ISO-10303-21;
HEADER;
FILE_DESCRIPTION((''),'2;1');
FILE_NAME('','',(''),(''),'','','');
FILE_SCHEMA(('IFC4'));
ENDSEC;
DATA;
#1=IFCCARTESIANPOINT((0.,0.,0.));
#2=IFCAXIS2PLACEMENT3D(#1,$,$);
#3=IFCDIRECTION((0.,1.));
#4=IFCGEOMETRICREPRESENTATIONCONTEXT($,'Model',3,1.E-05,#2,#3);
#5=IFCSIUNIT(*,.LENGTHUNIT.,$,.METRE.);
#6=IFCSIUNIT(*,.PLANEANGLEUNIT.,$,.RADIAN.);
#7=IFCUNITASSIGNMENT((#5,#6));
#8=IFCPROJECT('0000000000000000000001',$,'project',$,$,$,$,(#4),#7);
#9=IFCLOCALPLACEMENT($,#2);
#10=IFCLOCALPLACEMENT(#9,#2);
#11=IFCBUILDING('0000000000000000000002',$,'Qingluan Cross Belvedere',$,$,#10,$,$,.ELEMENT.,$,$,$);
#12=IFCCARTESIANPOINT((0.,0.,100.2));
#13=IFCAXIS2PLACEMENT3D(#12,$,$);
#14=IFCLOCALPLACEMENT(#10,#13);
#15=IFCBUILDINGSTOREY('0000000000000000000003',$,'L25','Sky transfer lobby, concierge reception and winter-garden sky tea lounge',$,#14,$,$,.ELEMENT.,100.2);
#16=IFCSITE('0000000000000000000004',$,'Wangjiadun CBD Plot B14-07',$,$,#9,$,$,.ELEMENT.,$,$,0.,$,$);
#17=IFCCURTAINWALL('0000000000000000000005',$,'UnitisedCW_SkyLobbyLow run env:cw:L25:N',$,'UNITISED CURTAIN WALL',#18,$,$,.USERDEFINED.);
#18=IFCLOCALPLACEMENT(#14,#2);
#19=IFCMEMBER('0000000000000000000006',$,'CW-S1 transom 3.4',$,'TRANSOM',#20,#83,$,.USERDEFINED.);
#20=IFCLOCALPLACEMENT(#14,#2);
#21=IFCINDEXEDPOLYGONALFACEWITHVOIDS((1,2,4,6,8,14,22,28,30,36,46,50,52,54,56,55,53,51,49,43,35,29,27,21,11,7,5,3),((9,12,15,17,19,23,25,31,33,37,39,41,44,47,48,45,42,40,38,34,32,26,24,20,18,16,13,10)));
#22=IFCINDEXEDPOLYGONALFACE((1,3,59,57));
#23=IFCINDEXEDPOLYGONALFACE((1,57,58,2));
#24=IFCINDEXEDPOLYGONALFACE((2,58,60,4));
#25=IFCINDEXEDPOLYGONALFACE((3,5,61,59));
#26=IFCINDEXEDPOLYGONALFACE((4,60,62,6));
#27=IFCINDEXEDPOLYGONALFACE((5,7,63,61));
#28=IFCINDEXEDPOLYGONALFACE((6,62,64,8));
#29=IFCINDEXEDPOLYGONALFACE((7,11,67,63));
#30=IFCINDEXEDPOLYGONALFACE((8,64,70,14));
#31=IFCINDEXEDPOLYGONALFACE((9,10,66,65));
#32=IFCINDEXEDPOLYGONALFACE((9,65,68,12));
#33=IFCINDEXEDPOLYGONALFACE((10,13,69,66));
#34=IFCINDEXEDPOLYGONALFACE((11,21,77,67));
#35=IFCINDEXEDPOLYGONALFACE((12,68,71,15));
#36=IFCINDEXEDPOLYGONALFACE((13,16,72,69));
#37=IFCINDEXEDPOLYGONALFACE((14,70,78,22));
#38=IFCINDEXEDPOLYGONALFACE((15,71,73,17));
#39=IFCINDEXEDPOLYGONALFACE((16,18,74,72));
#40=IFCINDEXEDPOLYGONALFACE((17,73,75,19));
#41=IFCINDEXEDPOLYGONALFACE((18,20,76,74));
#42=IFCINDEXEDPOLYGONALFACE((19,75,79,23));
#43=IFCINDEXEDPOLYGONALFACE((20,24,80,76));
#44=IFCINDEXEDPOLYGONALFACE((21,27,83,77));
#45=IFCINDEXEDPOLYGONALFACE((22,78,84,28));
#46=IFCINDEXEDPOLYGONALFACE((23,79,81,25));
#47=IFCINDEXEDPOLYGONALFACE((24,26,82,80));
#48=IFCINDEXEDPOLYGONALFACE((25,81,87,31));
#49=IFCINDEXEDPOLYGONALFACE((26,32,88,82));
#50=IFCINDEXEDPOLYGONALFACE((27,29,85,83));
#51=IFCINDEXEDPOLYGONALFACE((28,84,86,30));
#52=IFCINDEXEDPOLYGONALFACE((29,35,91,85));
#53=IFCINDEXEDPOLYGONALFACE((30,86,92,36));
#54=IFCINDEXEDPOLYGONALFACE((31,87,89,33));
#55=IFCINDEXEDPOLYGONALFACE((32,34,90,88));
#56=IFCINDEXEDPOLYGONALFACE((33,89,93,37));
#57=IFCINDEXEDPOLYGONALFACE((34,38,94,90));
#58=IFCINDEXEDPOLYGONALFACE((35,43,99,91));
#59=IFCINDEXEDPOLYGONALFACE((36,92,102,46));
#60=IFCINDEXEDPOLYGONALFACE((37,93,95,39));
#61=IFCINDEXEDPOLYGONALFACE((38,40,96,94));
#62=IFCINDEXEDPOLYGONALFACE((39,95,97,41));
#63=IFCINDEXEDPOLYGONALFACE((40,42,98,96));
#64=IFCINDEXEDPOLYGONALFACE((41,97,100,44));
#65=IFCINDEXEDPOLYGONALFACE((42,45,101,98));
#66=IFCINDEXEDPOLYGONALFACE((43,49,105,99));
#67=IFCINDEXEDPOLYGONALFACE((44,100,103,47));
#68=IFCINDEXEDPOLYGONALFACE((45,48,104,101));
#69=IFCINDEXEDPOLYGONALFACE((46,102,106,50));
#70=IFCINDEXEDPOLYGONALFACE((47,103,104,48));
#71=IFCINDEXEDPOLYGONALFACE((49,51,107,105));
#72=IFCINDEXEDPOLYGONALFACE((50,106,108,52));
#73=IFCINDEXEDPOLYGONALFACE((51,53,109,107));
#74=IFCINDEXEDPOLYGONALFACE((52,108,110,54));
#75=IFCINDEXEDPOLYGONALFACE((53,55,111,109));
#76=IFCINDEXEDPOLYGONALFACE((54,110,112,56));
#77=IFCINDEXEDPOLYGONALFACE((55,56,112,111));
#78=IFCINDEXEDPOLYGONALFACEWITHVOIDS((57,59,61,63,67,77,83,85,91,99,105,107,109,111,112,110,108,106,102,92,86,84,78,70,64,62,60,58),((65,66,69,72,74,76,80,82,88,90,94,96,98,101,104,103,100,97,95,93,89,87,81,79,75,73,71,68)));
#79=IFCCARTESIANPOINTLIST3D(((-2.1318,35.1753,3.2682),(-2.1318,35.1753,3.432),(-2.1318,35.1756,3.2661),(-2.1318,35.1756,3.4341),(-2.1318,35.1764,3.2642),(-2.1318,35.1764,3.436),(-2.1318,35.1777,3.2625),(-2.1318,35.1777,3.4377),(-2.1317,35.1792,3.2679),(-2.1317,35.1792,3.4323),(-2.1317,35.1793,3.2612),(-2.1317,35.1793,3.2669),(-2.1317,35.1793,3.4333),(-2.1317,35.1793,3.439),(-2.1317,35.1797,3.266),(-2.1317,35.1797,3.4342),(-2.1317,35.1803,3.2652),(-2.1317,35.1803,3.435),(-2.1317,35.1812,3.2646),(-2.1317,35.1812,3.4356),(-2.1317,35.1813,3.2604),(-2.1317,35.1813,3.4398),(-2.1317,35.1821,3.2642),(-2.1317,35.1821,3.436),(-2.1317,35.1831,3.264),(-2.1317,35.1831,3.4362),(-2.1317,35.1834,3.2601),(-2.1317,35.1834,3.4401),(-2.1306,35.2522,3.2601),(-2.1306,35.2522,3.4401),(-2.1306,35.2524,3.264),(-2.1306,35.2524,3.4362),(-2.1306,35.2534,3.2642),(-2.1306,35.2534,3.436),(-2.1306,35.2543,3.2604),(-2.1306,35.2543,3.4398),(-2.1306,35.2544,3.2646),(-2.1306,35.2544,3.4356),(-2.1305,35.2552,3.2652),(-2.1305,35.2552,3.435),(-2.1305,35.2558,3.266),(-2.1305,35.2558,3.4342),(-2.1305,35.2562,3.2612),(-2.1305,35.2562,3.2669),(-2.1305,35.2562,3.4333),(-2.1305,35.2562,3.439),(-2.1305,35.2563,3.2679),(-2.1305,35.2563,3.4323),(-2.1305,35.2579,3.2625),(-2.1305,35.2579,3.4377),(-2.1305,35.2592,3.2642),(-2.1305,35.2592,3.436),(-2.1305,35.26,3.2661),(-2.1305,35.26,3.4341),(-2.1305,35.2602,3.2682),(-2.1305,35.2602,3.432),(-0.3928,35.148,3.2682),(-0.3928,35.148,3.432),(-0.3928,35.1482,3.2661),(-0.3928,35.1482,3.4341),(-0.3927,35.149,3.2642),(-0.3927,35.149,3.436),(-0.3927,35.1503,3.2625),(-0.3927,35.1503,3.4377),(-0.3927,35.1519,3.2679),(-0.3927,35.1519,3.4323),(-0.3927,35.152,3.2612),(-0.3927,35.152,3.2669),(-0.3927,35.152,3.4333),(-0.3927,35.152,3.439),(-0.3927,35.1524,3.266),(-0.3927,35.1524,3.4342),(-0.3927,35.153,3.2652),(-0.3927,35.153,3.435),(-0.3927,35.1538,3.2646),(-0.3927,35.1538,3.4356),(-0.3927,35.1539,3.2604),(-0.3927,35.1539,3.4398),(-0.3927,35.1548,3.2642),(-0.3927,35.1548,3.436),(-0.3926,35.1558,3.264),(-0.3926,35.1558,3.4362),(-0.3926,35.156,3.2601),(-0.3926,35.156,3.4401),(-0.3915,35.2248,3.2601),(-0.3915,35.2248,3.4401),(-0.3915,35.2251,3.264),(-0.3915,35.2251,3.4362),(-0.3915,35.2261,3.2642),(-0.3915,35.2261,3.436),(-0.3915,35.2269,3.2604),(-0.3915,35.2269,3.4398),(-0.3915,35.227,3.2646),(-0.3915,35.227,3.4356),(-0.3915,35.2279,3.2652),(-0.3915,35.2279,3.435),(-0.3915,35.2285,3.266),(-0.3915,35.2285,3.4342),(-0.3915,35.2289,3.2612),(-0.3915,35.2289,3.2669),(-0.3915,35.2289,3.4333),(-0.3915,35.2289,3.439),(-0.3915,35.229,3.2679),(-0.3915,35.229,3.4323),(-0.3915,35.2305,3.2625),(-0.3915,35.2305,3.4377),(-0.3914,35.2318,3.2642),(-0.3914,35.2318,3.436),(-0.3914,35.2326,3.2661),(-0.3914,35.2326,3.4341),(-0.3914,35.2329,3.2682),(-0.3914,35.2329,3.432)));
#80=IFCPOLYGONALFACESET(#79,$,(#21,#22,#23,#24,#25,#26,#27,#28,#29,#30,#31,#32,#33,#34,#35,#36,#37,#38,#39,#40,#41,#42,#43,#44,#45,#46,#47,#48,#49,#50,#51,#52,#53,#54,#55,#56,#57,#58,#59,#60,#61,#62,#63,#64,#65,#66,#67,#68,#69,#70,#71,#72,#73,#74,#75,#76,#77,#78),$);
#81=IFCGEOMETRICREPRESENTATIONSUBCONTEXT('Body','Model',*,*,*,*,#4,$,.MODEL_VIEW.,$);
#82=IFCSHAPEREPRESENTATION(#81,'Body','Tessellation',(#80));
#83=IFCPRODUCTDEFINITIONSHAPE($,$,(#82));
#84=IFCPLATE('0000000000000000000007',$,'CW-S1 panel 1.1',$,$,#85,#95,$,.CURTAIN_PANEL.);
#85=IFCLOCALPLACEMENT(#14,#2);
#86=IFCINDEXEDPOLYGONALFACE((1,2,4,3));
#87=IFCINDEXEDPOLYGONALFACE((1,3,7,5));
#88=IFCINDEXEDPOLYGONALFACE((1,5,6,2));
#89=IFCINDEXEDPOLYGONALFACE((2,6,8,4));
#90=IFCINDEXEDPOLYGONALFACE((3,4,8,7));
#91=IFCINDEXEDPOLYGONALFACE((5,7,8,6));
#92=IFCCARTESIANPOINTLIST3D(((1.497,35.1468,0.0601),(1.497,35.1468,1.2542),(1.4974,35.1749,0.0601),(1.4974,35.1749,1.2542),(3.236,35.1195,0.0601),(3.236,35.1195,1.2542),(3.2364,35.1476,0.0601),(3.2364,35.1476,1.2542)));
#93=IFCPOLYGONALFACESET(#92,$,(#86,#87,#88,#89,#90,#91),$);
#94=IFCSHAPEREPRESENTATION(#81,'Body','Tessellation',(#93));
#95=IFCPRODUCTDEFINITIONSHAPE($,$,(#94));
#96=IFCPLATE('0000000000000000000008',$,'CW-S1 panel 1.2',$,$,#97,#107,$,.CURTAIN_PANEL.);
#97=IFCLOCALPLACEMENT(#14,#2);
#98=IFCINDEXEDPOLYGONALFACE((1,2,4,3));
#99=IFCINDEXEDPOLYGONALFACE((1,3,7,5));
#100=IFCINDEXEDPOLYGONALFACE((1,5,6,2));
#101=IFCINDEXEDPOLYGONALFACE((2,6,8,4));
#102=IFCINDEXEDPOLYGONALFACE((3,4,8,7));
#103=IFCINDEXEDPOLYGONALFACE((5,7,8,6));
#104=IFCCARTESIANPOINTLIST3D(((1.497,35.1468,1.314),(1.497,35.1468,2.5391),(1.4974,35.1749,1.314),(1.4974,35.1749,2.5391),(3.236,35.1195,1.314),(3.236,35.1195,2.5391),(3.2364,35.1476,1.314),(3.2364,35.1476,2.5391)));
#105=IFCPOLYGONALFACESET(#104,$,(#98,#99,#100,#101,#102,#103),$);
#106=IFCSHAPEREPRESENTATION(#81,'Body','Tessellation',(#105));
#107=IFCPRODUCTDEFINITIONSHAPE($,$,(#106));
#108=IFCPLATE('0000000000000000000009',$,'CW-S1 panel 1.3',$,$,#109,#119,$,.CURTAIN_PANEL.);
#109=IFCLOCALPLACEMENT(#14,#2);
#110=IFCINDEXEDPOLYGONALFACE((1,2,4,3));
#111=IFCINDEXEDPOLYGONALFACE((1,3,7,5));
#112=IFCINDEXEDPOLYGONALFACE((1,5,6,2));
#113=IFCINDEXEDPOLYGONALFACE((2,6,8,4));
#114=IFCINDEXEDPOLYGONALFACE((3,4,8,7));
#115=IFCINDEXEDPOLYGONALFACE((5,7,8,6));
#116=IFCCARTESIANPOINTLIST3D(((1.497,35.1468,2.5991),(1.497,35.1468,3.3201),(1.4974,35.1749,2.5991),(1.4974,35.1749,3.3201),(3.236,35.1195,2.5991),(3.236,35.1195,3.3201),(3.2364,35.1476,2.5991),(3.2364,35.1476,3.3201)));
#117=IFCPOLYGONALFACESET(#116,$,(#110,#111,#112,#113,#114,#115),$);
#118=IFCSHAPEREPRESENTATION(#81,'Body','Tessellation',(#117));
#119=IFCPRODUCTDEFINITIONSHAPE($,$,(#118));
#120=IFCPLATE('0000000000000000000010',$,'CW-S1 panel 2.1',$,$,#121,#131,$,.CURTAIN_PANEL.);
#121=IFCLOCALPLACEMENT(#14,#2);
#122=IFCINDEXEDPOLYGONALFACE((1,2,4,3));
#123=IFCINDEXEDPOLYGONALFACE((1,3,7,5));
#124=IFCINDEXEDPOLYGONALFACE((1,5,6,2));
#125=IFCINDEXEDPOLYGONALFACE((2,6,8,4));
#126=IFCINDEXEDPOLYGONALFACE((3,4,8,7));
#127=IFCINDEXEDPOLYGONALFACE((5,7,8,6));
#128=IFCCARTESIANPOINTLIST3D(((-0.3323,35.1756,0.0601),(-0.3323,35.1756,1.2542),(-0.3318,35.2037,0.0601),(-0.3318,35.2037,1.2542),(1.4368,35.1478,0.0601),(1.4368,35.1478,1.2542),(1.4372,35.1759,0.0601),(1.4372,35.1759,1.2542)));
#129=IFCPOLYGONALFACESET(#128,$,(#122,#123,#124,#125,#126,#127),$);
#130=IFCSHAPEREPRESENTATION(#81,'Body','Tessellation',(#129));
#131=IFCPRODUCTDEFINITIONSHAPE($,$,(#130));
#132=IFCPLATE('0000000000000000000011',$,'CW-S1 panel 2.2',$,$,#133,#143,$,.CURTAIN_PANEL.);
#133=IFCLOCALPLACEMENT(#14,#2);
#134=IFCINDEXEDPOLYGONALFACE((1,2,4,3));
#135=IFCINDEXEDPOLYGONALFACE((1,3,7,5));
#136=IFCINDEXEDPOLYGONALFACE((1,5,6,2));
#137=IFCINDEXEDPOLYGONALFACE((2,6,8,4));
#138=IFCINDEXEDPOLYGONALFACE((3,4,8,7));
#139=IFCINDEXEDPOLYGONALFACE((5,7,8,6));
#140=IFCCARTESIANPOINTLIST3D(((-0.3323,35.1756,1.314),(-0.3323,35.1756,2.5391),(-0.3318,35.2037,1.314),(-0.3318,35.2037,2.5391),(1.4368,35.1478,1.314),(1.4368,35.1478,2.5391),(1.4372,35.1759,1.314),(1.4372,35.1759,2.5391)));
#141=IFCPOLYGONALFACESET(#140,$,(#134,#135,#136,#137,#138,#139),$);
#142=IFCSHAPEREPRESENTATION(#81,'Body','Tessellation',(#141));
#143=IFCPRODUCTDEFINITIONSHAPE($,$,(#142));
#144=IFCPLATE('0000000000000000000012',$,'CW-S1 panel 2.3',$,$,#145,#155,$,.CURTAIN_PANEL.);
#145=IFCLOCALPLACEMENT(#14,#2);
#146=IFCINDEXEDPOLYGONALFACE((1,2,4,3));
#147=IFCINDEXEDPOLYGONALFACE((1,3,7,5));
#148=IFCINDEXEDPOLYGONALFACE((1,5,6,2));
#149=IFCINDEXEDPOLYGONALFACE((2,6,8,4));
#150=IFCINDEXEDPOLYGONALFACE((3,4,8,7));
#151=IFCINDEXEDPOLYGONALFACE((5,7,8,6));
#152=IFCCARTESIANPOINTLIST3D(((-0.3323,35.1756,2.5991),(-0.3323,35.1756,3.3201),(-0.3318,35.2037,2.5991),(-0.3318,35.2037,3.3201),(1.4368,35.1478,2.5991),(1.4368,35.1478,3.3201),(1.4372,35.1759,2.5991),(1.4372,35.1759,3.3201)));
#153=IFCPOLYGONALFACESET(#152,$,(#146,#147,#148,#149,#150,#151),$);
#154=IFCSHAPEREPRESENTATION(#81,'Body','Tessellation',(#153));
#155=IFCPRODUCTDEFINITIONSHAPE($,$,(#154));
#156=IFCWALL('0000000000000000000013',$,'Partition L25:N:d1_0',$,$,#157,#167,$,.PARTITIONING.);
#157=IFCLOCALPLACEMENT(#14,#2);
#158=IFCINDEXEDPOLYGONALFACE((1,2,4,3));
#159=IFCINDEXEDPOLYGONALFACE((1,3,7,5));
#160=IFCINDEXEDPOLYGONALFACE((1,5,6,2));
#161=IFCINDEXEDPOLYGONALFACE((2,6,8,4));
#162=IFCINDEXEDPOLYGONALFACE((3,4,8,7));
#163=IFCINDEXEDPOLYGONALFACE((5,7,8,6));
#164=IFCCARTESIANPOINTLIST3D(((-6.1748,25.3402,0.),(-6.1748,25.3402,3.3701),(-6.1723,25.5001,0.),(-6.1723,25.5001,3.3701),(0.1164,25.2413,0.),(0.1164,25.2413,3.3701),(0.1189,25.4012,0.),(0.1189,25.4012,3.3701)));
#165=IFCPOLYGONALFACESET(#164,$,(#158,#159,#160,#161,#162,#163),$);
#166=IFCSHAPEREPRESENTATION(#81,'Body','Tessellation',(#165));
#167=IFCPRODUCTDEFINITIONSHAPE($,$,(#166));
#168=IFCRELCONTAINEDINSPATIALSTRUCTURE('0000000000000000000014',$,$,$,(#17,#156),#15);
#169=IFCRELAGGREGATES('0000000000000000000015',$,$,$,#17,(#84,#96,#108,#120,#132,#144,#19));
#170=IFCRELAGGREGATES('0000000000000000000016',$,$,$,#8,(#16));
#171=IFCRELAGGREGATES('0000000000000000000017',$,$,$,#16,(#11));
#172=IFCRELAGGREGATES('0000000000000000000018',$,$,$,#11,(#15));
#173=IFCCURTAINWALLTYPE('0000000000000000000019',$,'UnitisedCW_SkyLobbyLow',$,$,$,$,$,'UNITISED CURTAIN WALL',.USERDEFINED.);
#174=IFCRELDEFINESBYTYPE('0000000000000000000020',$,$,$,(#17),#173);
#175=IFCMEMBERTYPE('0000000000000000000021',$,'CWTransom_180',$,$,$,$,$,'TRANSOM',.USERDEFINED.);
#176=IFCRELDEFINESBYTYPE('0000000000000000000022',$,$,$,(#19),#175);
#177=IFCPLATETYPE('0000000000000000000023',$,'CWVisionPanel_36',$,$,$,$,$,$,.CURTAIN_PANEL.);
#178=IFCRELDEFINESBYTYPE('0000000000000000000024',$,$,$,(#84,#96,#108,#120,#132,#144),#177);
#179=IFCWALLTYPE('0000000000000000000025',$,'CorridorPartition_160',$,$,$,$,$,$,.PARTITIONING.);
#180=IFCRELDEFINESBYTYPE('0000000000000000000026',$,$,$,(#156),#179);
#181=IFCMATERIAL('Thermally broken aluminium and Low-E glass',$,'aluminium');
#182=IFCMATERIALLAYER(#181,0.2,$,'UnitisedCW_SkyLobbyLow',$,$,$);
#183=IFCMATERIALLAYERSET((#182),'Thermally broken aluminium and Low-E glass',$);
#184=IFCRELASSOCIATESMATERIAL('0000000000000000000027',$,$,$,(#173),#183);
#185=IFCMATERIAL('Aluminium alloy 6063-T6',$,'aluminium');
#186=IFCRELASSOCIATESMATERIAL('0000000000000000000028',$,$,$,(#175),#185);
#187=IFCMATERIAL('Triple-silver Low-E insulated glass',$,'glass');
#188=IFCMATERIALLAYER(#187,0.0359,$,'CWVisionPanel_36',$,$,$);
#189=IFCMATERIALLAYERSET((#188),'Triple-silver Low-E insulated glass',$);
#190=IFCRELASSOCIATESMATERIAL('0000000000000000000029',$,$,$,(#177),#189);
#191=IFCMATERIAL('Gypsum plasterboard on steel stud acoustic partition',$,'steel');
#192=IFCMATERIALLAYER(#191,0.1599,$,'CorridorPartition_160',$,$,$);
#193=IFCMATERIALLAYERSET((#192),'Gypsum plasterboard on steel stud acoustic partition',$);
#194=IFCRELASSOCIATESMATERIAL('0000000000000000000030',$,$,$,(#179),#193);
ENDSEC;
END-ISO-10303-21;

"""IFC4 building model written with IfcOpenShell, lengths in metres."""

from ifc_helpers import new_model, si_unit, direction, frame, frame_2d, origin, origin_2d, place, context, subcontext, project, spatial, rectangle, hollow_rectangle, extrude, material, layer, layer_set, material_profile, profile_set, type_object, element, aggregate, save


model = new_model("IFC4")

# Units and contexts
model_context = context("Model", 3, precision=1e-05, world=origin(), true_north=direction((0.0, 1.0)))
body_context = subcontext(model_context, "Body", "Model", "MODEL_VIEW")
ifc_project = project(units=[si_unit("LENGTHUNIT", "METRE"), si_unit("PLANEANGLEUNIT", "RADIAN")], contexts=[model_context])

# Site, building, storey
site_placement = place(None, origin())
site = spatial("IfcSite", under=ifc_project, at=site_placement, Name="Wangjiadun CBD Plot B14-07", CompositionType="ELEMENT", RefElevation=0.0)
building_placement = place(site_placement, origin())
building = spatial("IfcBuilding", under=site, at=building_placement, Name="Qingluan Cross Belvedere", CompositionType="ELEMENT")
storey_placement = place(building_placement, frame((0.0, 0.0, 100.2)))
storey = spatial("IfcBuildingStorey", under=building, at=storey_placement, Name="L25", Description="Sky transfer lobby, concierge reception and winter-garden sky tea lounge", CompositionType="ELEMENT", Elevation=100.2)

# Curtain wall, member, plates
ifc_material_1 = material(Name="Thermally broken aluminium and Low-E glass", Category="aluminium")
ifc_layer_1 = layer(ifc_material_1, 0.2, Name="UnitisedCW_SkyLobbyLow")
ifc_layer_set_1 = layer_set([ifc_layer_1], Name="Thermally broken aluminium and Low-E glass")
curtain_wall_type = type_object("IfcCurtainWallType", Name="UnitisedCW_SkyLobbyLow", ElementType="UNITISED CURTAIN WALL", PredefinedType="USERDEFINED", material=ifc_layer_set_1)
curtain_wall_placement = place(storey_placement, origin())
curtain_wall = element("IfcCurtainWall", 1, at=curtain_wall_placement, inside=storey, type_object=curtain_wall_type, Name="UnitisedCW_SkyLobbyLow run env:cw:L25:N", ObjectType="UNITISED CURTAIN WALL", PredefinedType="USERDEFINED")
ifc_material_2 = material(Name="Aluminium alloy 6063-T6", Category="aluminium")
ifc_material_profile_1 = material_profile(ifc_material_2, hollow_rectangle(XDim=0.085, YDim=0.1799, WallThickness=0.0039, InnerFilletRadius=0.0039, OuterFilletRadius=0.0081, at=origin_2d()), Name="CWT180x85x4")
ifc_profile_set_1 = profile_set([ifc_material_profile_1], Name="Aluminium alloy 6063-T6")
member_type_1 = type_object("IfcMemberType", Name="CWTransom_180", ElementType="TRANSOM", PredefinedType="USERDEFINED", material=ifc_profile_set_1)
member_1_placement = place(storey_placement, frame((-0.3921, 35.1904, 3.3501), z_axis=(-0.999876, 0.015722, 0.0), x_axis=(-0.015722, -0.999876, 0.0)))
member_1 = element("IfcMember", 2, at=member_1_placement, type_object=member_type_1, Name="CW-S1 transom 3.4", ObjectType="TRANSOM", PredefinedType="USERDEFINED", context=body_context, shape_type="SweptSolid", body=[
    extrude(hollow_rectangle(XDim=0.085, YDim=0.1799, WallThickness=0.0039, InnerFilletRadius=0.0039, OuterFilletRadius=0.0081, at=origin_2d()), origin(), (0.0, 0.0, 1.0), 1.7393),
])
ifc_material_3 = material(Name="Triple-silver Low-E insulated glass", Category="glass")
ifc_layer_2 = layer(ifc_material_3, 0.0359, Name="CWVisionPanel_36")
ifc_layer_set_2 = layer_set([ifc_layer_2], Name="Triple-silver Low-E insulated glass")
plate_type = type_object("IfcPlateType", Name="CWVisionPanel_36", PredefinedType="CURTAIN_PANEL", material=ifc_layer_set_2)
plate_1_placement = place(storey_placement, frame((2.3667, 35.1472, 0.0601), z_axis=(0.0, 0.0, 1.0), x_axis=(-0.999877, 0.015707, 0.0)))
plate_1 = element("IfcPlate", 3, at=plate_1_placement, type_object=plate_type, Name="CW-S1 panel 1.1", PredefinedType="CURTAIN_PANEL", context=body_context, shape_type="SweptSolid", body=[
    extrude(rectangle(XDim=1.7393, YDim=0.0281, at=origin_2d()), origin(), (0.0, 0.0, 1.0), 1.1941),
])
plate_2_placement = place(storey_placement, frame((2.3667, 35.1472, 1.314), z_axis=(0.0, 0.0, 1.0), x_axis=(-0.999877, 0.015707, 0.0)))
plate_2 = element("IfcPlate", 4, at=plate_2_placement, type_object=plate_type, Name="CW-S1 panel 1.2", PredefinedType="CURTAIN_PANEL", context=body_context, shape_type="SweptSolid", body=[
    extrude(rectangle(XDim=1.7393, YDim=0.0281, at=origin_2d()), origin(), (0.0, 0.0, 1.0), 1.2251),
])
plate_3_placement = place(storey_placement, frame((2.3667, 35.1472, 2.5991), z_axis=(0.0, 0.0, 1.0), x_axis=(-0.999877, 0.015707, 0.0)))
plate_3 = element("IfcPlate", 5, at=plate_3_placement, type_object=plate_type, Name="CW-S1 panel 1.3", PredefinedType="CURTAIN_PANEL", context=body_context, shape_type="SweptSolid", body=[
    extrude(rectangle(XDim=1.7393, YDim=0.0281, at=origin_2d()), origin(), (0.0, 0.0, 1.0), 0.7209),
])
plate_4_placement = place(storey_placement, frame((0.5525, 35.1758, 0.0601), z_axis=(0.0, 0.0, 1.0), x_axis=(-0.999877, 0.015707, 0.0)))
plate_4 = element("IfcPlate", 6, at=plate_4_placement, type_object=plate_type, Name="CW-S1 panel 2.1", PredefinedType="CURTAIN_PANEL", context=body_context, shape_type="SweptSolid", body=[
    extrude(rectangle(XDim=1.7693, YDim=0.0281, at=origin_2d()), origin(), (0.0, 0.0, 1.0), 1.1941),
])
plate_5_placement = place(storey_placement, frame((0.5525, 35.1758, 1.314), z_axis=(0.0, 0.0, 1.0), x_axis=(-0.999877, 0.015707, 0.0)))
plate_5 = element("IfcPlate", 7, at=plate_5_placement, type_object=plate_type, Name="CW-S1 panel 2.2", PredefinedType="CURTAIN_PANEL", context=body_context, shape_type="SweptSolid", body=[
    extrude(rectangle(XDim=1.7693, YDim=0.0281, at=origin_2d()), origin(), (0.0, 0.0, 1.0), 1.2251),
])
plate_6_placement = place(storey_placement, frame((0.5525, 35.1758, 2.5991), z_axis=(0.0, 0.0, 1.0), x_axis=(-0.999877, 0.015707, 0.0)))
plate_6 = element("IfcPlate", 8, at=plate_6_placement, type_object=plate_type, Name="CW-S1 panel 2.3", PredefinedType="CURTAIN_PANEL", context=body_context, shape_type="SweptSolid", body=[
    extrude(rectangle(XDim=1.7693, YDim=0.0281, at=origin_2d()), origin(), (0.0, 0.0, 1.0), 0.7209),
])
aggregate(curtain_wall, [plate_1, plate_2, plate_3, plate_4, plate_5, plate_6, member_1])

# Wall
ifc_material_4 = material(Name="Gypsum plasterboard on steel stud acoustic partition", Category="steel")
ifc_layer_3 = layer(ifc_material_4, 0.1599, Name="CorridorPartition_160")
ifc_layer_set_3 = layer_set([ifc_layer_3], Name="Gypsum plasterboard on steel stud acoustic partition")
wall_type_1 = type_object("IfcWallType", Name="CorridorPartition_160", PredefinedType="PARTITIONING", material=ifc_layer_set_3)
wall_1_placement = place(storey_placement, frame((0.1177, 25.3213, 0.0), z_axis=(0.0, 0.0, 1.0), x_axis=(-0.999877, 0.015715, 0.0)))
element("IfcWall", 9, at=wall_1_placement, inside=storey, type_object=wall_type_1, Name="Partition L25:N:d1_0", PredefinedType="PARTITIONING", context=body_context, shape_type="SweptSolid", body=[
    extrude(rectangle(XDim=6.292, YDim=0.1599, at=frame_2d((3.146, 0.0))), origin(), (0.0, 0.0, 1.0), 3.3701),
])

save(model, "model.ifc")
